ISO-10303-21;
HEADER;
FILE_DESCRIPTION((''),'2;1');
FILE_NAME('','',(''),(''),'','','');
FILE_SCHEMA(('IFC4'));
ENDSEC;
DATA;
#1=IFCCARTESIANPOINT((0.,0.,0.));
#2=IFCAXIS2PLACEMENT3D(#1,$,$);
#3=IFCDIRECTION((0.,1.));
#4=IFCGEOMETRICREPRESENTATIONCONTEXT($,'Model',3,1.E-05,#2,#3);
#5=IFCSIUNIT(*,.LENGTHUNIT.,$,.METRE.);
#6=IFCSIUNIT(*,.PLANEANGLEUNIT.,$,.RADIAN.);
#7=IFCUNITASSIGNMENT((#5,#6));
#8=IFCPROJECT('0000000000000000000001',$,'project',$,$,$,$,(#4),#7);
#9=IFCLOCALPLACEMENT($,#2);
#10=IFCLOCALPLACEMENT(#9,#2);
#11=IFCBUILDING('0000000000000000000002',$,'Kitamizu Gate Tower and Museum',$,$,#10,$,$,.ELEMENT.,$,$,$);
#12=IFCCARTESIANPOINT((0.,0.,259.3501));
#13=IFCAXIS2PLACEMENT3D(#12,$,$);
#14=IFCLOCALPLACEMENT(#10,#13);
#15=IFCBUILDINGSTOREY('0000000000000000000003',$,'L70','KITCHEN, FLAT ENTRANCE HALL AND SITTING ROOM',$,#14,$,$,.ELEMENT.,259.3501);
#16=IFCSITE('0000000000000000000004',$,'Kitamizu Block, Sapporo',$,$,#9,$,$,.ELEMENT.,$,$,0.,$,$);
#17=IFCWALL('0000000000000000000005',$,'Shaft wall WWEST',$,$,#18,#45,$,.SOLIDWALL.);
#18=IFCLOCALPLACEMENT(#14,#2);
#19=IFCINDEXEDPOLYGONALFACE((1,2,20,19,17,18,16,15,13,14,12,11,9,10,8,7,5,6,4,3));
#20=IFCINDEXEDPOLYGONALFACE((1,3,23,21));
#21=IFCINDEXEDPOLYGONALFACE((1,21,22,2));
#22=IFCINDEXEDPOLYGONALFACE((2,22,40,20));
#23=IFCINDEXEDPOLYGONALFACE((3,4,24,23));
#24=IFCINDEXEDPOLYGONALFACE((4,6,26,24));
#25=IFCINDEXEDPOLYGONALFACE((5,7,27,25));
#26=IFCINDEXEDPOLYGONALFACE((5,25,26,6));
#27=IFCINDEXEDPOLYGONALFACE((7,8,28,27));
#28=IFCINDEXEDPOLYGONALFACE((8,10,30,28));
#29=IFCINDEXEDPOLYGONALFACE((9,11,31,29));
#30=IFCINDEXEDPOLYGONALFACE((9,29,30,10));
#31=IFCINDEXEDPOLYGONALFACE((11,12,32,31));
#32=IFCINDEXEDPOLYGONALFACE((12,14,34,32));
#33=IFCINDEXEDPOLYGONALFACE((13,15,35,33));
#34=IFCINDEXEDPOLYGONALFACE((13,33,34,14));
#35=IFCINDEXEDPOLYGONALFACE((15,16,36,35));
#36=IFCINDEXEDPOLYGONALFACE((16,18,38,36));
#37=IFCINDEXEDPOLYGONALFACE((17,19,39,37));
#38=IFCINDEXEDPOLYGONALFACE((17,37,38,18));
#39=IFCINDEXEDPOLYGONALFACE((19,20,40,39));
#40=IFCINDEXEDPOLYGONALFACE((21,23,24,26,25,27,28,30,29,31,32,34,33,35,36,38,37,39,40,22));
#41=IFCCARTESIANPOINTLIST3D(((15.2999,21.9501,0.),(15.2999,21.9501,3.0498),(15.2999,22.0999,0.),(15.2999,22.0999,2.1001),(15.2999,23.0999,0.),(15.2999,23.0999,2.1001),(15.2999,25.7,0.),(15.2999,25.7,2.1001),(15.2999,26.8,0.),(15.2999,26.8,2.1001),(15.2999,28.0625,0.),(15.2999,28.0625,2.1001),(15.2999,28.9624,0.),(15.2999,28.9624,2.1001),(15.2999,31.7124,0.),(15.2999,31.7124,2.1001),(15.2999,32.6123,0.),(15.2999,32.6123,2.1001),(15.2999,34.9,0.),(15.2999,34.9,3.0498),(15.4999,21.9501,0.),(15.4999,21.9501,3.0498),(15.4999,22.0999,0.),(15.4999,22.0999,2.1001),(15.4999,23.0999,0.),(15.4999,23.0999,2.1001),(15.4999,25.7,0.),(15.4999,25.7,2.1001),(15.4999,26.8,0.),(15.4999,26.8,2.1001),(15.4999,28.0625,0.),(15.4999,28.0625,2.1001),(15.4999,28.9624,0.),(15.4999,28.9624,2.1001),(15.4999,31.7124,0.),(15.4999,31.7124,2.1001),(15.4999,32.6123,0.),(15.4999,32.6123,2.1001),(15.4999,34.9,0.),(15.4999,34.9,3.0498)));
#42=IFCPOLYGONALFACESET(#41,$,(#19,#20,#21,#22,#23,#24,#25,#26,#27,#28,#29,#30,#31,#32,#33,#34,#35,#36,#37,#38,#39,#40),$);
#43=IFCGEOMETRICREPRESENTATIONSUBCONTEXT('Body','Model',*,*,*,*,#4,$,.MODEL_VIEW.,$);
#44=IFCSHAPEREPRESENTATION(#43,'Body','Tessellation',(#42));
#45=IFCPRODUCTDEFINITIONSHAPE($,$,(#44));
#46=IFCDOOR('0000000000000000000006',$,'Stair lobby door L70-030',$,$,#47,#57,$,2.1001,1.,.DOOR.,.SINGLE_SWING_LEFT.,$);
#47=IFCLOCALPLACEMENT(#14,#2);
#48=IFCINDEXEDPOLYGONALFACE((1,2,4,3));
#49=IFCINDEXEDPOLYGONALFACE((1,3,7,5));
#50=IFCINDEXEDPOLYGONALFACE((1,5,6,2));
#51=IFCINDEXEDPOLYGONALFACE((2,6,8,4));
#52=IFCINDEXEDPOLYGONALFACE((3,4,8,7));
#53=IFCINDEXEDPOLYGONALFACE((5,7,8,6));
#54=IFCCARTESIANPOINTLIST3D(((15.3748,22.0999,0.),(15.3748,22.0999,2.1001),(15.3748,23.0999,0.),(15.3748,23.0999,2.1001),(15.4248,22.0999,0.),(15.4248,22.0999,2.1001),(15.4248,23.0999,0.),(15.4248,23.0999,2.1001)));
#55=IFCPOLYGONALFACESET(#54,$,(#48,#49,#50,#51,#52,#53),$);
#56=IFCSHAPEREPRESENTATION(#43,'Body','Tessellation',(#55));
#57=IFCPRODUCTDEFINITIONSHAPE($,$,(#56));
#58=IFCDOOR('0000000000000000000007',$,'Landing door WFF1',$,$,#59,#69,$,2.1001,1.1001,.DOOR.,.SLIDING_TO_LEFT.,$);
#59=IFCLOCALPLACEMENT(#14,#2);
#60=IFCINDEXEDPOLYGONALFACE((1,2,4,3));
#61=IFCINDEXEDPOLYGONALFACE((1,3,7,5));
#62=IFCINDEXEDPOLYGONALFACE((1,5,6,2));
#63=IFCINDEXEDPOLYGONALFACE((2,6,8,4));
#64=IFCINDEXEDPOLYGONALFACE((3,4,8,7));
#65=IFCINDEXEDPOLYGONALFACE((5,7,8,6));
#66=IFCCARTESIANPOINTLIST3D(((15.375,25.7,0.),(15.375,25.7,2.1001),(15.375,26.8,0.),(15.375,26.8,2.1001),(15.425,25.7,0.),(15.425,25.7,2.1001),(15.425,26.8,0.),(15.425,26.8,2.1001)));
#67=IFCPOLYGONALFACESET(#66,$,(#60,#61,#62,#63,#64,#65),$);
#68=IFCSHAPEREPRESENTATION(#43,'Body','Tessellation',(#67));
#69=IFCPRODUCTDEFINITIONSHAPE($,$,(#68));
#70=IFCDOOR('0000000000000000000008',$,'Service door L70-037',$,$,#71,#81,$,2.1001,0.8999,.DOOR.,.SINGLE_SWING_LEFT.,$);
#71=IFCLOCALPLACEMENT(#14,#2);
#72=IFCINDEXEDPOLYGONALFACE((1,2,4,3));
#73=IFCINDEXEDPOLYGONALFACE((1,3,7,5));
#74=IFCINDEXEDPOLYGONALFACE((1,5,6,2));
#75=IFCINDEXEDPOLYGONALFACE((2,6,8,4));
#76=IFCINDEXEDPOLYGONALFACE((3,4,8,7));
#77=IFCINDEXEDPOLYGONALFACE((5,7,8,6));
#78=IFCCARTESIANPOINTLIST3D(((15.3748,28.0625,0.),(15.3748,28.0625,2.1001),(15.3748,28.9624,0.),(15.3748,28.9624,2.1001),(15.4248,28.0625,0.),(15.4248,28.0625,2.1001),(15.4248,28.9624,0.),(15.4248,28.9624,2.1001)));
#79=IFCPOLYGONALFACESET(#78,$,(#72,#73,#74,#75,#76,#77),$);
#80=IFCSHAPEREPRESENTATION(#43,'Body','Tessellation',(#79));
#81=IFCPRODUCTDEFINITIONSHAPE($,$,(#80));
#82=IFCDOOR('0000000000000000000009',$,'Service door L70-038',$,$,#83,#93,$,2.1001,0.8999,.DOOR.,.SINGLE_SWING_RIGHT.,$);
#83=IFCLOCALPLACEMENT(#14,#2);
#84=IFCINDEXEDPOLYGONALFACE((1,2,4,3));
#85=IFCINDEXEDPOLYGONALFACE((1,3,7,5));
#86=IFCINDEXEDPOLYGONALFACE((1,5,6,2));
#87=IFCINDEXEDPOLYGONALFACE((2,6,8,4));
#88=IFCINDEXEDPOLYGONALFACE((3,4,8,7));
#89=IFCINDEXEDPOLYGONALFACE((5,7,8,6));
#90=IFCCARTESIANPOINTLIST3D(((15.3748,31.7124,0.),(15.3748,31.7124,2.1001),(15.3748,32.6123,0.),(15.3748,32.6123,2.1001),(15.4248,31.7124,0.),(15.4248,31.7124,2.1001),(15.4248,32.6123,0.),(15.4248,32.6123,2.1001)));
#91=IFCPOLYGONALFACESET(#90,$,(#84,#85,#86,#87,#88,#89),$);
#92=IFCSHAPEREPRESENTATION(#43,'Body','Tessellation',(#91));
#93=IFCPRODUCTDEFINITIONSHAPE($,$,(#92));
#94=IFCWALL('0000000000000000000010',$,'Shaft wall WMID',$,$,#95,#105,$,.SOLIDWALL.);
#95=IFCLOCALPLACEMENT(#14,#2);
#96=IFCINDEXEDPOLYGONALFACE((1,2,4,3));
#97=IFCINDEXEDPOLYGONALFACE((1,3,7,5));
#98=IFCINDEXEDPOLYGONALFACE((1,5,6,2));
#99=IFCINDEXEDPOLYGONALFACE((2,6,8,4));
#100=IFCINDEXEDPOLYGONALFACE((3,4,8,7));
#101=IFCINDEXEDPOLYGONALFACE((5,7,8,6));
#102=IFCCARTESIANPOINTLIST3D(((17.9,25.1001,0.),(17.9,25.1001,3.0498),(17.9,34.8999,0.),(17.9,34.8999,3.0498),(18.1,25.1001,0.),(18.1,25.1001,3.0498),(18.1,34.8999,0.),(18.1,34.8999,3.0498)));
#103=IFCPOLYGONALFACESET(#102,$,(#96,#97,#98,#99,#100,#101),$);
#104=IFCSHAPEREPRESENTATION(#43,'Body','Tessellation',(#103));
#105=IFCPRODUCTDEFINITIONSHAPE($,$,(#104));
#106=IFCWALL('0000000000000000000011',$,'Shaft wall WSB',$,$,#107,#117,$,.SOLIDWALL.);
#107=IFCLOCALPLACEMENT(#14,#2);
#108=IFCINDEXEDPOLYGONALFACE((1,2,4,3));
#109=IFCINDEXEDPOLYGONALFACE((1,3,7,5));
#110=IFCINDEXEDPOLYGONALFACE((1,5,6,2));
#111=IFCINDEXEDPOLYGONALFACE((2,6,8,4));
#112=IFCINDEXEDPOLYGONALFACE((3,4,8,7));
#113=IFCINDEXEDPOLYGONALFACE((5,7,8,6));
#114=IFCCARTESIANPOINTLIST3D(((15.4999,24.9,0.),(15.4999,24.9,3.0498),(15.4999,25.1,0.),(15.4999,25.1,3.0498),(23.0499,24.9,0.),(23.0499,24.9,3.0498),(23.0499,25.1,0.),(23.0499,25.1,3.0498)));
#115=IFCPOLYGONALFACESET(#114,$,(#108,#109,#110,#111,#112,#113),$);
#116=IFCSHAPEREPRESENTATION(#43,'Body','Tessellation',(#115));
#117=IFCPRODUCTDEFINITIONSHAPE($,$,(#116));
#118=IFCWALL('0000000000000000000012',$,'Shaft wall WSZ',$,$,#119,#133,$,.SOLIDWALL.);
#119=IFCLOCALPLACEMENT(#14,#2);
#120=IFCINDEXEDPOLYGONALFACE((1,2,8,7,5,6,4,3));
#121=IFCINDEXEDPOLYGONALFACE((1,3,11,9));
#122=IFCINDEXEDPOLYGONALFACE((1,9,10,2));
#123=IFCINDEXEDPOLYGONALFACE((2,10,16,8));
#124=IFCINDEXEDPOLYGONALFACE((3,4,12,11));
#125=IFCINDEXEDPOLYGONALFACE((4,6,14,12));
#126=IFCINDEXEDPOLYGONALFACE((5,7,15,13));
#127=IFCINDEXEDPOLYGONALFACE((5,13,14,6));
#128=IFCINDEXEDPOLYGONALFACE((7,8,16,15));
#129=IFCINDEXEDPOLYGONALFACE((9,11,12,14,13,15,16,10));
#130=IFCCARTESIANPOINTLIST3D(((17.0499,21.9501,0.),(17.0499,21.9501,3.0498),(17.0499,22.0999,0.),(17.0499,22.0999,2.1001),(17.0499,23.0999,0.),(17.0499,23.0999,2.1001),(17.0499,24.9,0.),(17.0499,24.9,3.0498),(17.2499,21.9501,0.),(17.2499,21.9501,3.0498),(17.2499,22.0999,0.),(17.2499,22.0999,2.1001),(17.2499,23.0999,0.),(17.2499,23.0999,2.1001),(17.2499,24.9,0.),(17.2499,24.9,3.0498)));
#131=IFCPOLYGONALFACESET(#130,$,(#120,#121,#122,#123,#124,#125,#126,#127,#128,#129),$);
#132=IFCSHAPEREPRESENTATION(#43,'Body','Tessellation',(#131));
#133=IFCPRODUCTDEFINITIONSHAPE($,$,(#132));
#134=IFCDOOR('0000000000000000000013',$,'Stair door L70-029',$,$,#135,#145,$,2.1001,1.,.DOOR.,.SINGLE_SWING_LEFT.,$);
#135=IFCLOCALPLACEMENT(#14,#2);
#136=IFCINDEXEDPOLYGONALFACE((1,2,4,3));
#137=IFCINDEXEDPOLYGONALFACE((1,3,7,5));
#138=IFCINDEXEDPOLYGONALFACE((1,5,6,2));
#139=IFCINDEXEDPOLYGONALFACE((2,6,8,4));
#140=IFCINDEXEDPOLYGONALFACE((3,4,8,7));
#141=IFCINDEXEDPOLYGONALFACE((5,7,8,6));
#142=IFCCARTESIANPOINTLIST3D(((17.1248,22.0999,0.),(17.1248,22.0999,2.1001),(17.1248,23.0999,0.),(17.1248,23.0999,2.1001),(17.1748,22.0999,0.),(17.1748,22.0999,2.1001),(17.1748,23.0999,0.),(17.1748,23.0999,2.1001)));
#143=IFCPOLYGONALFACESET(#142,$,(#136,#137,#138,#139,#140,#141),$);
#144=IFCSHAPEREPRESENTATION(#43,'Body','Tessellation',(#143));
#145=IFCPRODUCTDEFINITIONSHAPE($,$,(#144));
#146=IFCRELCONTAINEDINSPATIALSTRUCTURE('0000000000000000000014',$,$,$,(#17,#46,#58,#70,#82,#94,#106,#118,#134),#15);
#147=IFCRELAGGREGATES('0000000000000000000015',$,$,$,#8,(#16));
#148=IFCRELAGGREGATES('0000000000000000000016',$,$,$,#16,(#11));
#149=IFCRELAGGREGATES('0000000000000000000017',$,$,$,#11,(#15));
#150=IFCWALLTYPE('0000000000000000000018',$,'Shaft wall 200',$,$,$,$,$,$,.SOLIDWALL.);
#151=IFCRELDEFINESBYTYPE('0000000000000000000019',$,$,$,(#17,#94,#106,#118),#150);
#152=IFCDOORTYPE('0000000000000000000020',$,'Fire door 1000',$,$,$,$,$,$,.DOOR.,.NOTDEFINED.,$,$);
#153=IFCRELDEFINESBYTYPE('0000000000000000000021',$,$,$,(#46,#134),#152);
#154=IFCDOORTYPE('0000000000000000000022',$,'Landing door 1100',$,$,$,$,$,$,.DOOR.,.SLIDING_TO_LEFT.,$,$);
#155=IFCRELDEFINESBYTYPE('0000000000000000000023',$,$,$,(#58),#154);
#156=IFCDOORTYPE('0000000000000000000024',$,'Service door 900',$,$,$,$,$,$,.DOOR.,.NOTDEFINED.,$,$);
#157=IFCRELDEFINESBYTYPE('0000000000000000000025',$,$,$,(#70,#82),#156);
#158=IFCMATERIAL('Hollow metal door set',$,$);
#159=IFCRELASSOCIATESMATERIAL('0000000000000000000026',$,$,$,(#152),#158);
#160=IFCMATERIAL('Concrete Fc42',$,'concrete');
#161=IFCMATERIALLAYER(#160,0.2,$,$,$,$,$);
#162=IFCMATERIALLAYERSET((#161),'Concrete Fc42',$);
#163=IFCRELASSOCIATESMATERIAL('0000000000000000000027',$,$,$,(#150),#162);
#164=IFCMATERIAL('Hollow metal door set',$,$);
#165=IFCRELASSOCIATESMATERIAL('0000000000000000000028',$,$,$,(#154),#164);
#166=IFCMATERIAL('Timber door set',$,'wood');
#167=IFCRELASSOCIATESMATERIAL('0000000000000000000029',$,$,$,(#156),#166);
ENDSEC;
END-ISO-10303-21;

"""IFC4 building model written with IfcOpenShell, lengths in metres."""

from ifc_helpers import new_model, si_unit, direction, frame, frame_2d, origin, place, context, subcontext, project, spatial, rectangle, extrude, material, layer, layer_set, type_object, element, fill, save


model = new_model("IFC4")

# Units and contexts
model_context = context("Model", 3, precision=1e-05, world=origin(), true_north=direction((0.0, 1.0)))
body_context = subcontext(model_context, "Body", "Model", "MODEL_VIEW")
ifc_project = project(units=[si_unit("LENGTHUNIT", "METRE"), si_unit("PLANEANGLEUNIT", "RADIAN")], contexts=[model_context])

# Site, building, storey
site_placement = place(None, origin())
site = spatial("IfcSite", under=ifc_project, at=site_placement, Name="Kitamizu Block, Sapporo", CompositionType="ELEMENT", RefElevation=0.0)
building_placement = place(site_placement, origin())
building = spatial("IfcBuilding", under=site, at=building_placement, Name="Kitamizu Gate Tower and Museum", CompositionType="ELEMENT")
storey_placement = place(building_placement, frame((0.0, 0.0, 259.3501)))
storey = spatial("IfcBuildingStorey", under=building, at=storey_placement, Name="L70", Description="KITCHEN, FLAT ENTRANCE HALL AND SITTING ROOM", CompositionType="ELEMENT", Elevation=259.3501)

# Shared definitions
ifc_material_1 = material(Name="Hollow metal door set")
door_type_1 = type_object("IfcDoorType", Name="Fire door 1000", OperationType="NOTDEFINED", PredefinedType="DOOR", material=ifc_material_1)

# Wall, openings, doors
ifc_material_2 = material(Name="Concrete Fc42", Category="concrete")
ifc_layer_1 = layer(ifc_material_2, 0.2)
ifc_layer_set_1 = layer_set([ifc_layer_1], Name="Concrete Fc42")
wall_type_1 = type_object("IfcWallType", Name="Shaft wall 200", PredefinedType="SOLIDWALL", material=ifc_layer_set_1)
wall_1_placement = place(storey_placement, frame((15.3999, 21.95, 0.0), z_axis=(0.0, 0.0, 1.0), x_axis=(0.0, 1.0, 0.0)))
wall_1 = element("IfcWall", 1, at=wall_1_placement, inside=storey, type_object=wall_type_1, Name="Shaft wall WWEST", PredefinedType="SOLIDWALL", context=body_context, shape_type="SweptSolid", body=[
    extrude(rectangle(XDim=12.95, YDim=0.2, at=frame_2d((6.4751, 0.0))), origin(), (0.0, 0.0, 1.0), 3.0498),
])
opening_1_placement = place(wall_1_placement, frame((3.75, 0.0, 0.0)))
opening_1 = element("IfcOpeningElement", 2, at=opening_1_placement, cuts=wall_1, PredefinedType="OPENING", context=body_context, shape_type="SweptSolid", body=[
    extrude(rectangle(XDim=1.1001, YDim=2.1001, at=frame_2d((0.55, 1.05))), frame((0.0, 0.1099, 0.0), z_axis=(0.0, -1.0, 0.0), x_axis=(1.0, 0.0, 0.0)), (0.0, 0.0, 1.0), 0.22),
])
opening_2_placement = place(wall_1_placement, frame((0.1499, 0.0, 0.0)))
opening_2 = element("IfcOpeningElement", 3, at=opening_2_placement, cuts=wall_1, PredefinedType="OPENING", context=body_context, shape_type="SweptSolid", body=[
    extrude(rectangle(XDim=1.0, YDim=2.1001, at=frame_2d((0.5, 1.05))), frame((0.0, 0.1099, 0.0), z_axis=(0.0, -1.0, 0.0), x_axis=(1.0, 0.0, 0.0)), (0.0, 0.0, 1.0), 0.22),
])
opening_3_placement = place(wall_1_placement, frame((6.1125, 0.0, 0.0)))
opening_3 = element("IfcOpeningElement", 4, at=opening_3_placement, cuts=wall_1, PredefinedType="OPENING", context=body_context, shape_type="SweptSolid", body=[
    extrude(rectangle(XDim=0.8999, YDim=2.1001, at=frame_2d((0.45, 1.05))), frame((0.0, 0.1099, 0.0), z_axis=(0.0, -1.0, 0.0), x_axis=(1.0, 0.0, 0.0)), (0.0, 0.0, 1.0), 0.22),
])
opening_4_placement = place(wall_1_placement, frame((9.7625, 0.0, 0.0)))
opening_4 = element("IfcOpeningElement", 5, at=opening_4_placement, cuts=wall_1, PredefinedType="OPENING", context=body_context, shape_type="SweptSolid", body=[
    extrude(rectangle(XDim=0.8999, YDim=2.1001, at=frame_2d((0.45, 1.05))), frame((0.0, 0.1099, 0.0), z_axis=(0.0, -1.0, 0.0), x_axis=(1.0, 0.0, 0.0)), (0.0, 0.0, 1.0), 0.22),
])
door_1_placement = place(opening_2_placement, frame((1.0, 0.0, 0.0), x_axis=(-1.0, 0.0, 0.0)))
door_1 = element("IfcDoor", 6, at=door_1_placement, inside=storey, type_object=door_type_1, Name="Stair lobby door L70-030", OperationType="SINGLE_SWING_LEFT", OverallHeight=2.1001, OverallWidth=1.0, PredefinedType="DOOR", context=body_context, shape_type="SweptSolid", body=[
    extrude(rectangle(XDim=1.0, YDim=2.1001, at=frame_2d((0.5, 1.05))), frame((0.0, 0.0249, 0.0), z_axis=(0.0, -1.0, 0.0), x_axis=(1.0, 0.0, 0.0)), (0.0, 0.0, 1.0), 0.05),
])
fill(opening_2, door_1)
ifc_material_3 = material(Name="Hollow metal door set")
door_type_2 = type_object("IfcDoorType", Name="Landing door 1100", OperationType="SLIDING_TO_LEFT", PredefinedType="DOOR", material=ifc_material_3)
door_2_placement = place(opening_1_placement, origin())
door_2 = element("IfcDoor", 7, at=door_2_placement, inside=storey, type_object=door_type_2, Name="Landing door WFF1", OperationType="SLIDING_TO_LEFT", OverallHeight=2.1001, OverallWidth=1.1001, PredefinedType="DOOR", context=body_context, shape_type="SweptSolid", body=[
    extrude(rectangle(XDim=1.1001, YDim=2.1001, at=frame_2d((0.55, 1.05))), frame((0.0, 0.0249, 0.0), z_axis=(0.0, -1.0, 0.0), x_axis=(1.0, 0.0, 0.0)), (0.0, 0.0, 1.0), 0.05),
])
fill(opening_1, door_2)
ifc_material_4 = material(Name="Timber door set", Category="wood")
door_type_3 = type_object("IfcDoorType", Name="Service door 900", OperationType="NOTDEFINED", PredefinedType="DOOR", material=ifc_material_4)
door_3_placement = place(opening_3_placement, frame((0.8999, 0.0, 0.0), x_axis=(-1.0, 0.0, 0.0)))
door_3 = element("IfcDoor", 8, at=door_3_placement, inside=storey, type_object=door_type_3, Name="Service door L70-037", OperationType="SINGLE_SWING_LEFT", OverallHeight=2.1001, OverallWidth=0.8999, PredefinedType="DOOR", context=body_context, shape_type="SweptSolid", body=[
    extrude(rectangle(XDim=0.8999, YDim=2.1001, at=frame_2d((0.45, 1.05))), frame((0.0, 0.0249, 0.0), z_axis=(0.0, -1.0, 0.0), x_axis=(1.0, 0.0, 0.0)), (0.0, 0.0, 1.0), 0.05),
])
fill(opening_3, door_3)
door_4_placement = place(opening_4_placement, frame((0.8999, 0.0, 0.0), x_axis=(-1.0, 0.0, 0.0)))
door_4 = element("IfcDoor", 9, at=door_4_placement, inside=storey, type_object=door_type_3, Name="Service door L70-038", OperationType="SINGLE_SWING_RIGHT", OverallHeight=2.1001, OverallWidth=0.8999, PredefinedType="DOOR", context=body_context, shape_type="SweptSolid", body=[
    extrude(rectangle(XDim=0.8999, YDim=2.1001, at=frame_2d((0.45, 1.05))), frame((0.0, 0.0249, 0.0), z_axis=(0.0, -1.0, 0.0), x_axis=(1.0, 0.0, 0.0)), (0.0, 0.0, 1.0), 0.05),
])
fill(opening_4, door_4)

# Walls
wall_2_placement = place(storey_placement, frame((18.0, 25.1001, 0.0), z_axis=(0.0, 0.0, 1.0), x_axis=(0.0, 1.0, 0.0)))
element("IfcWall", 10, at=wall_2_placement, inside=storey, type_object=wall_type_1, Name="Shaft wall WMID", PredefinedType="SOLIDWALL", context=body_context, shape_type="SweptSolid", body=[
    extrude(rectangle(XDim=9.7998, YDim=0.2, at=frame_2d((4.8999, 0.0))), origin(), (0.0, 0.0, 1.0), 3.0498),
])
wall_3_placement = place(storey_placement, frame((15.5, 25.0, 0.0), z_axis=(0.0, 0.0, 1.0), x_axis=(1.0, 0.0, 0.0)))
element("IfcWall", 11, at=wall_3_placement, inside=storey, type_object=wall_type_1, Name="Shaft wall WSB", PredefinedType="SOLIDWALL", context=body_context, shape_type="SweptSolid", body=[
    extrude(rectangle(XDim=7.55, YDim=0.2, at=frame_2d((3.7749, 0.0))), origin(), (0.0, 0.0, 1.0), 3.0498),
])

# Wall, opening, door
wall_4_placement = place(storey_placement, frame((17.1499, 21.95, 0.0), z_axis=(0.0, 0.0, 1.0), x_axis=(0.0, 1.0, 0.0)))
wall_4 = element("IfcWall", 12, at=wall_4_placement, inside=storey, type_object=wall_type_1, Name="Shaft wall WSZ", PredefinedType="SOLIDWALL", context=body_context, shape_type="SweptSolid", body=[
    extrude(rectangle(XDim=2.95, YDim=0.2, at=frame_2d((1.4751, 0.0))), origin(), (0.0, 0.0, 1.0), 3.0498),
])
opening_5_placement = place(wall_4_placement, frame((0.1499, 0.0, 0.0)))
opening_5 = element("IfcOpeningElement", 13, at=opening_5_placement, cuts=wall_4, PredefinedType="OPENING", context=body_context, shape_type="SweptSolid", body=[
    extrude(rectangle(XDim=1.0, YDim=2.1001, at=frame_2d((0.5, 1.05))), frame((0.0, 0.1099, 0.0), z_axis=(0.0, -1.0, 0.0), x_axis=(1.0, 0.0, 0.0)), (0.0, 0.0, 1.0), 0.22),
])
door_5_placement = place(opening_5_placement, frame((1.0, 0.0, 0.0), x_axis=(-1.0, 0.0, 0.0)))
door_5 = element("IfcDoor", 14, at=door_5_placement, inside=storey, type_object=door_type_1, Name="Stair door L70-029", OperationType="SINGLE_SWING_LEFT", OverallHeight=2.1001, OverallWidth=1.0, PredefinedType="DOOR", context=body_context, shape_type="SweptSolid", body=[
    extrude(rectangle(XDim=1.0, YDim=2.1001, at=frame_2d((0.5, 1.05))), frame((0.0, 0.0249, 0.0), z_axis=(0.0, -1.0, 0.0), x_axis=(1.0, 0.0, 0.0)), (0.0, 0.0, 1.0), 0.05),
])
fill(opening_5, door_5)

save(model, "model.ifc")
